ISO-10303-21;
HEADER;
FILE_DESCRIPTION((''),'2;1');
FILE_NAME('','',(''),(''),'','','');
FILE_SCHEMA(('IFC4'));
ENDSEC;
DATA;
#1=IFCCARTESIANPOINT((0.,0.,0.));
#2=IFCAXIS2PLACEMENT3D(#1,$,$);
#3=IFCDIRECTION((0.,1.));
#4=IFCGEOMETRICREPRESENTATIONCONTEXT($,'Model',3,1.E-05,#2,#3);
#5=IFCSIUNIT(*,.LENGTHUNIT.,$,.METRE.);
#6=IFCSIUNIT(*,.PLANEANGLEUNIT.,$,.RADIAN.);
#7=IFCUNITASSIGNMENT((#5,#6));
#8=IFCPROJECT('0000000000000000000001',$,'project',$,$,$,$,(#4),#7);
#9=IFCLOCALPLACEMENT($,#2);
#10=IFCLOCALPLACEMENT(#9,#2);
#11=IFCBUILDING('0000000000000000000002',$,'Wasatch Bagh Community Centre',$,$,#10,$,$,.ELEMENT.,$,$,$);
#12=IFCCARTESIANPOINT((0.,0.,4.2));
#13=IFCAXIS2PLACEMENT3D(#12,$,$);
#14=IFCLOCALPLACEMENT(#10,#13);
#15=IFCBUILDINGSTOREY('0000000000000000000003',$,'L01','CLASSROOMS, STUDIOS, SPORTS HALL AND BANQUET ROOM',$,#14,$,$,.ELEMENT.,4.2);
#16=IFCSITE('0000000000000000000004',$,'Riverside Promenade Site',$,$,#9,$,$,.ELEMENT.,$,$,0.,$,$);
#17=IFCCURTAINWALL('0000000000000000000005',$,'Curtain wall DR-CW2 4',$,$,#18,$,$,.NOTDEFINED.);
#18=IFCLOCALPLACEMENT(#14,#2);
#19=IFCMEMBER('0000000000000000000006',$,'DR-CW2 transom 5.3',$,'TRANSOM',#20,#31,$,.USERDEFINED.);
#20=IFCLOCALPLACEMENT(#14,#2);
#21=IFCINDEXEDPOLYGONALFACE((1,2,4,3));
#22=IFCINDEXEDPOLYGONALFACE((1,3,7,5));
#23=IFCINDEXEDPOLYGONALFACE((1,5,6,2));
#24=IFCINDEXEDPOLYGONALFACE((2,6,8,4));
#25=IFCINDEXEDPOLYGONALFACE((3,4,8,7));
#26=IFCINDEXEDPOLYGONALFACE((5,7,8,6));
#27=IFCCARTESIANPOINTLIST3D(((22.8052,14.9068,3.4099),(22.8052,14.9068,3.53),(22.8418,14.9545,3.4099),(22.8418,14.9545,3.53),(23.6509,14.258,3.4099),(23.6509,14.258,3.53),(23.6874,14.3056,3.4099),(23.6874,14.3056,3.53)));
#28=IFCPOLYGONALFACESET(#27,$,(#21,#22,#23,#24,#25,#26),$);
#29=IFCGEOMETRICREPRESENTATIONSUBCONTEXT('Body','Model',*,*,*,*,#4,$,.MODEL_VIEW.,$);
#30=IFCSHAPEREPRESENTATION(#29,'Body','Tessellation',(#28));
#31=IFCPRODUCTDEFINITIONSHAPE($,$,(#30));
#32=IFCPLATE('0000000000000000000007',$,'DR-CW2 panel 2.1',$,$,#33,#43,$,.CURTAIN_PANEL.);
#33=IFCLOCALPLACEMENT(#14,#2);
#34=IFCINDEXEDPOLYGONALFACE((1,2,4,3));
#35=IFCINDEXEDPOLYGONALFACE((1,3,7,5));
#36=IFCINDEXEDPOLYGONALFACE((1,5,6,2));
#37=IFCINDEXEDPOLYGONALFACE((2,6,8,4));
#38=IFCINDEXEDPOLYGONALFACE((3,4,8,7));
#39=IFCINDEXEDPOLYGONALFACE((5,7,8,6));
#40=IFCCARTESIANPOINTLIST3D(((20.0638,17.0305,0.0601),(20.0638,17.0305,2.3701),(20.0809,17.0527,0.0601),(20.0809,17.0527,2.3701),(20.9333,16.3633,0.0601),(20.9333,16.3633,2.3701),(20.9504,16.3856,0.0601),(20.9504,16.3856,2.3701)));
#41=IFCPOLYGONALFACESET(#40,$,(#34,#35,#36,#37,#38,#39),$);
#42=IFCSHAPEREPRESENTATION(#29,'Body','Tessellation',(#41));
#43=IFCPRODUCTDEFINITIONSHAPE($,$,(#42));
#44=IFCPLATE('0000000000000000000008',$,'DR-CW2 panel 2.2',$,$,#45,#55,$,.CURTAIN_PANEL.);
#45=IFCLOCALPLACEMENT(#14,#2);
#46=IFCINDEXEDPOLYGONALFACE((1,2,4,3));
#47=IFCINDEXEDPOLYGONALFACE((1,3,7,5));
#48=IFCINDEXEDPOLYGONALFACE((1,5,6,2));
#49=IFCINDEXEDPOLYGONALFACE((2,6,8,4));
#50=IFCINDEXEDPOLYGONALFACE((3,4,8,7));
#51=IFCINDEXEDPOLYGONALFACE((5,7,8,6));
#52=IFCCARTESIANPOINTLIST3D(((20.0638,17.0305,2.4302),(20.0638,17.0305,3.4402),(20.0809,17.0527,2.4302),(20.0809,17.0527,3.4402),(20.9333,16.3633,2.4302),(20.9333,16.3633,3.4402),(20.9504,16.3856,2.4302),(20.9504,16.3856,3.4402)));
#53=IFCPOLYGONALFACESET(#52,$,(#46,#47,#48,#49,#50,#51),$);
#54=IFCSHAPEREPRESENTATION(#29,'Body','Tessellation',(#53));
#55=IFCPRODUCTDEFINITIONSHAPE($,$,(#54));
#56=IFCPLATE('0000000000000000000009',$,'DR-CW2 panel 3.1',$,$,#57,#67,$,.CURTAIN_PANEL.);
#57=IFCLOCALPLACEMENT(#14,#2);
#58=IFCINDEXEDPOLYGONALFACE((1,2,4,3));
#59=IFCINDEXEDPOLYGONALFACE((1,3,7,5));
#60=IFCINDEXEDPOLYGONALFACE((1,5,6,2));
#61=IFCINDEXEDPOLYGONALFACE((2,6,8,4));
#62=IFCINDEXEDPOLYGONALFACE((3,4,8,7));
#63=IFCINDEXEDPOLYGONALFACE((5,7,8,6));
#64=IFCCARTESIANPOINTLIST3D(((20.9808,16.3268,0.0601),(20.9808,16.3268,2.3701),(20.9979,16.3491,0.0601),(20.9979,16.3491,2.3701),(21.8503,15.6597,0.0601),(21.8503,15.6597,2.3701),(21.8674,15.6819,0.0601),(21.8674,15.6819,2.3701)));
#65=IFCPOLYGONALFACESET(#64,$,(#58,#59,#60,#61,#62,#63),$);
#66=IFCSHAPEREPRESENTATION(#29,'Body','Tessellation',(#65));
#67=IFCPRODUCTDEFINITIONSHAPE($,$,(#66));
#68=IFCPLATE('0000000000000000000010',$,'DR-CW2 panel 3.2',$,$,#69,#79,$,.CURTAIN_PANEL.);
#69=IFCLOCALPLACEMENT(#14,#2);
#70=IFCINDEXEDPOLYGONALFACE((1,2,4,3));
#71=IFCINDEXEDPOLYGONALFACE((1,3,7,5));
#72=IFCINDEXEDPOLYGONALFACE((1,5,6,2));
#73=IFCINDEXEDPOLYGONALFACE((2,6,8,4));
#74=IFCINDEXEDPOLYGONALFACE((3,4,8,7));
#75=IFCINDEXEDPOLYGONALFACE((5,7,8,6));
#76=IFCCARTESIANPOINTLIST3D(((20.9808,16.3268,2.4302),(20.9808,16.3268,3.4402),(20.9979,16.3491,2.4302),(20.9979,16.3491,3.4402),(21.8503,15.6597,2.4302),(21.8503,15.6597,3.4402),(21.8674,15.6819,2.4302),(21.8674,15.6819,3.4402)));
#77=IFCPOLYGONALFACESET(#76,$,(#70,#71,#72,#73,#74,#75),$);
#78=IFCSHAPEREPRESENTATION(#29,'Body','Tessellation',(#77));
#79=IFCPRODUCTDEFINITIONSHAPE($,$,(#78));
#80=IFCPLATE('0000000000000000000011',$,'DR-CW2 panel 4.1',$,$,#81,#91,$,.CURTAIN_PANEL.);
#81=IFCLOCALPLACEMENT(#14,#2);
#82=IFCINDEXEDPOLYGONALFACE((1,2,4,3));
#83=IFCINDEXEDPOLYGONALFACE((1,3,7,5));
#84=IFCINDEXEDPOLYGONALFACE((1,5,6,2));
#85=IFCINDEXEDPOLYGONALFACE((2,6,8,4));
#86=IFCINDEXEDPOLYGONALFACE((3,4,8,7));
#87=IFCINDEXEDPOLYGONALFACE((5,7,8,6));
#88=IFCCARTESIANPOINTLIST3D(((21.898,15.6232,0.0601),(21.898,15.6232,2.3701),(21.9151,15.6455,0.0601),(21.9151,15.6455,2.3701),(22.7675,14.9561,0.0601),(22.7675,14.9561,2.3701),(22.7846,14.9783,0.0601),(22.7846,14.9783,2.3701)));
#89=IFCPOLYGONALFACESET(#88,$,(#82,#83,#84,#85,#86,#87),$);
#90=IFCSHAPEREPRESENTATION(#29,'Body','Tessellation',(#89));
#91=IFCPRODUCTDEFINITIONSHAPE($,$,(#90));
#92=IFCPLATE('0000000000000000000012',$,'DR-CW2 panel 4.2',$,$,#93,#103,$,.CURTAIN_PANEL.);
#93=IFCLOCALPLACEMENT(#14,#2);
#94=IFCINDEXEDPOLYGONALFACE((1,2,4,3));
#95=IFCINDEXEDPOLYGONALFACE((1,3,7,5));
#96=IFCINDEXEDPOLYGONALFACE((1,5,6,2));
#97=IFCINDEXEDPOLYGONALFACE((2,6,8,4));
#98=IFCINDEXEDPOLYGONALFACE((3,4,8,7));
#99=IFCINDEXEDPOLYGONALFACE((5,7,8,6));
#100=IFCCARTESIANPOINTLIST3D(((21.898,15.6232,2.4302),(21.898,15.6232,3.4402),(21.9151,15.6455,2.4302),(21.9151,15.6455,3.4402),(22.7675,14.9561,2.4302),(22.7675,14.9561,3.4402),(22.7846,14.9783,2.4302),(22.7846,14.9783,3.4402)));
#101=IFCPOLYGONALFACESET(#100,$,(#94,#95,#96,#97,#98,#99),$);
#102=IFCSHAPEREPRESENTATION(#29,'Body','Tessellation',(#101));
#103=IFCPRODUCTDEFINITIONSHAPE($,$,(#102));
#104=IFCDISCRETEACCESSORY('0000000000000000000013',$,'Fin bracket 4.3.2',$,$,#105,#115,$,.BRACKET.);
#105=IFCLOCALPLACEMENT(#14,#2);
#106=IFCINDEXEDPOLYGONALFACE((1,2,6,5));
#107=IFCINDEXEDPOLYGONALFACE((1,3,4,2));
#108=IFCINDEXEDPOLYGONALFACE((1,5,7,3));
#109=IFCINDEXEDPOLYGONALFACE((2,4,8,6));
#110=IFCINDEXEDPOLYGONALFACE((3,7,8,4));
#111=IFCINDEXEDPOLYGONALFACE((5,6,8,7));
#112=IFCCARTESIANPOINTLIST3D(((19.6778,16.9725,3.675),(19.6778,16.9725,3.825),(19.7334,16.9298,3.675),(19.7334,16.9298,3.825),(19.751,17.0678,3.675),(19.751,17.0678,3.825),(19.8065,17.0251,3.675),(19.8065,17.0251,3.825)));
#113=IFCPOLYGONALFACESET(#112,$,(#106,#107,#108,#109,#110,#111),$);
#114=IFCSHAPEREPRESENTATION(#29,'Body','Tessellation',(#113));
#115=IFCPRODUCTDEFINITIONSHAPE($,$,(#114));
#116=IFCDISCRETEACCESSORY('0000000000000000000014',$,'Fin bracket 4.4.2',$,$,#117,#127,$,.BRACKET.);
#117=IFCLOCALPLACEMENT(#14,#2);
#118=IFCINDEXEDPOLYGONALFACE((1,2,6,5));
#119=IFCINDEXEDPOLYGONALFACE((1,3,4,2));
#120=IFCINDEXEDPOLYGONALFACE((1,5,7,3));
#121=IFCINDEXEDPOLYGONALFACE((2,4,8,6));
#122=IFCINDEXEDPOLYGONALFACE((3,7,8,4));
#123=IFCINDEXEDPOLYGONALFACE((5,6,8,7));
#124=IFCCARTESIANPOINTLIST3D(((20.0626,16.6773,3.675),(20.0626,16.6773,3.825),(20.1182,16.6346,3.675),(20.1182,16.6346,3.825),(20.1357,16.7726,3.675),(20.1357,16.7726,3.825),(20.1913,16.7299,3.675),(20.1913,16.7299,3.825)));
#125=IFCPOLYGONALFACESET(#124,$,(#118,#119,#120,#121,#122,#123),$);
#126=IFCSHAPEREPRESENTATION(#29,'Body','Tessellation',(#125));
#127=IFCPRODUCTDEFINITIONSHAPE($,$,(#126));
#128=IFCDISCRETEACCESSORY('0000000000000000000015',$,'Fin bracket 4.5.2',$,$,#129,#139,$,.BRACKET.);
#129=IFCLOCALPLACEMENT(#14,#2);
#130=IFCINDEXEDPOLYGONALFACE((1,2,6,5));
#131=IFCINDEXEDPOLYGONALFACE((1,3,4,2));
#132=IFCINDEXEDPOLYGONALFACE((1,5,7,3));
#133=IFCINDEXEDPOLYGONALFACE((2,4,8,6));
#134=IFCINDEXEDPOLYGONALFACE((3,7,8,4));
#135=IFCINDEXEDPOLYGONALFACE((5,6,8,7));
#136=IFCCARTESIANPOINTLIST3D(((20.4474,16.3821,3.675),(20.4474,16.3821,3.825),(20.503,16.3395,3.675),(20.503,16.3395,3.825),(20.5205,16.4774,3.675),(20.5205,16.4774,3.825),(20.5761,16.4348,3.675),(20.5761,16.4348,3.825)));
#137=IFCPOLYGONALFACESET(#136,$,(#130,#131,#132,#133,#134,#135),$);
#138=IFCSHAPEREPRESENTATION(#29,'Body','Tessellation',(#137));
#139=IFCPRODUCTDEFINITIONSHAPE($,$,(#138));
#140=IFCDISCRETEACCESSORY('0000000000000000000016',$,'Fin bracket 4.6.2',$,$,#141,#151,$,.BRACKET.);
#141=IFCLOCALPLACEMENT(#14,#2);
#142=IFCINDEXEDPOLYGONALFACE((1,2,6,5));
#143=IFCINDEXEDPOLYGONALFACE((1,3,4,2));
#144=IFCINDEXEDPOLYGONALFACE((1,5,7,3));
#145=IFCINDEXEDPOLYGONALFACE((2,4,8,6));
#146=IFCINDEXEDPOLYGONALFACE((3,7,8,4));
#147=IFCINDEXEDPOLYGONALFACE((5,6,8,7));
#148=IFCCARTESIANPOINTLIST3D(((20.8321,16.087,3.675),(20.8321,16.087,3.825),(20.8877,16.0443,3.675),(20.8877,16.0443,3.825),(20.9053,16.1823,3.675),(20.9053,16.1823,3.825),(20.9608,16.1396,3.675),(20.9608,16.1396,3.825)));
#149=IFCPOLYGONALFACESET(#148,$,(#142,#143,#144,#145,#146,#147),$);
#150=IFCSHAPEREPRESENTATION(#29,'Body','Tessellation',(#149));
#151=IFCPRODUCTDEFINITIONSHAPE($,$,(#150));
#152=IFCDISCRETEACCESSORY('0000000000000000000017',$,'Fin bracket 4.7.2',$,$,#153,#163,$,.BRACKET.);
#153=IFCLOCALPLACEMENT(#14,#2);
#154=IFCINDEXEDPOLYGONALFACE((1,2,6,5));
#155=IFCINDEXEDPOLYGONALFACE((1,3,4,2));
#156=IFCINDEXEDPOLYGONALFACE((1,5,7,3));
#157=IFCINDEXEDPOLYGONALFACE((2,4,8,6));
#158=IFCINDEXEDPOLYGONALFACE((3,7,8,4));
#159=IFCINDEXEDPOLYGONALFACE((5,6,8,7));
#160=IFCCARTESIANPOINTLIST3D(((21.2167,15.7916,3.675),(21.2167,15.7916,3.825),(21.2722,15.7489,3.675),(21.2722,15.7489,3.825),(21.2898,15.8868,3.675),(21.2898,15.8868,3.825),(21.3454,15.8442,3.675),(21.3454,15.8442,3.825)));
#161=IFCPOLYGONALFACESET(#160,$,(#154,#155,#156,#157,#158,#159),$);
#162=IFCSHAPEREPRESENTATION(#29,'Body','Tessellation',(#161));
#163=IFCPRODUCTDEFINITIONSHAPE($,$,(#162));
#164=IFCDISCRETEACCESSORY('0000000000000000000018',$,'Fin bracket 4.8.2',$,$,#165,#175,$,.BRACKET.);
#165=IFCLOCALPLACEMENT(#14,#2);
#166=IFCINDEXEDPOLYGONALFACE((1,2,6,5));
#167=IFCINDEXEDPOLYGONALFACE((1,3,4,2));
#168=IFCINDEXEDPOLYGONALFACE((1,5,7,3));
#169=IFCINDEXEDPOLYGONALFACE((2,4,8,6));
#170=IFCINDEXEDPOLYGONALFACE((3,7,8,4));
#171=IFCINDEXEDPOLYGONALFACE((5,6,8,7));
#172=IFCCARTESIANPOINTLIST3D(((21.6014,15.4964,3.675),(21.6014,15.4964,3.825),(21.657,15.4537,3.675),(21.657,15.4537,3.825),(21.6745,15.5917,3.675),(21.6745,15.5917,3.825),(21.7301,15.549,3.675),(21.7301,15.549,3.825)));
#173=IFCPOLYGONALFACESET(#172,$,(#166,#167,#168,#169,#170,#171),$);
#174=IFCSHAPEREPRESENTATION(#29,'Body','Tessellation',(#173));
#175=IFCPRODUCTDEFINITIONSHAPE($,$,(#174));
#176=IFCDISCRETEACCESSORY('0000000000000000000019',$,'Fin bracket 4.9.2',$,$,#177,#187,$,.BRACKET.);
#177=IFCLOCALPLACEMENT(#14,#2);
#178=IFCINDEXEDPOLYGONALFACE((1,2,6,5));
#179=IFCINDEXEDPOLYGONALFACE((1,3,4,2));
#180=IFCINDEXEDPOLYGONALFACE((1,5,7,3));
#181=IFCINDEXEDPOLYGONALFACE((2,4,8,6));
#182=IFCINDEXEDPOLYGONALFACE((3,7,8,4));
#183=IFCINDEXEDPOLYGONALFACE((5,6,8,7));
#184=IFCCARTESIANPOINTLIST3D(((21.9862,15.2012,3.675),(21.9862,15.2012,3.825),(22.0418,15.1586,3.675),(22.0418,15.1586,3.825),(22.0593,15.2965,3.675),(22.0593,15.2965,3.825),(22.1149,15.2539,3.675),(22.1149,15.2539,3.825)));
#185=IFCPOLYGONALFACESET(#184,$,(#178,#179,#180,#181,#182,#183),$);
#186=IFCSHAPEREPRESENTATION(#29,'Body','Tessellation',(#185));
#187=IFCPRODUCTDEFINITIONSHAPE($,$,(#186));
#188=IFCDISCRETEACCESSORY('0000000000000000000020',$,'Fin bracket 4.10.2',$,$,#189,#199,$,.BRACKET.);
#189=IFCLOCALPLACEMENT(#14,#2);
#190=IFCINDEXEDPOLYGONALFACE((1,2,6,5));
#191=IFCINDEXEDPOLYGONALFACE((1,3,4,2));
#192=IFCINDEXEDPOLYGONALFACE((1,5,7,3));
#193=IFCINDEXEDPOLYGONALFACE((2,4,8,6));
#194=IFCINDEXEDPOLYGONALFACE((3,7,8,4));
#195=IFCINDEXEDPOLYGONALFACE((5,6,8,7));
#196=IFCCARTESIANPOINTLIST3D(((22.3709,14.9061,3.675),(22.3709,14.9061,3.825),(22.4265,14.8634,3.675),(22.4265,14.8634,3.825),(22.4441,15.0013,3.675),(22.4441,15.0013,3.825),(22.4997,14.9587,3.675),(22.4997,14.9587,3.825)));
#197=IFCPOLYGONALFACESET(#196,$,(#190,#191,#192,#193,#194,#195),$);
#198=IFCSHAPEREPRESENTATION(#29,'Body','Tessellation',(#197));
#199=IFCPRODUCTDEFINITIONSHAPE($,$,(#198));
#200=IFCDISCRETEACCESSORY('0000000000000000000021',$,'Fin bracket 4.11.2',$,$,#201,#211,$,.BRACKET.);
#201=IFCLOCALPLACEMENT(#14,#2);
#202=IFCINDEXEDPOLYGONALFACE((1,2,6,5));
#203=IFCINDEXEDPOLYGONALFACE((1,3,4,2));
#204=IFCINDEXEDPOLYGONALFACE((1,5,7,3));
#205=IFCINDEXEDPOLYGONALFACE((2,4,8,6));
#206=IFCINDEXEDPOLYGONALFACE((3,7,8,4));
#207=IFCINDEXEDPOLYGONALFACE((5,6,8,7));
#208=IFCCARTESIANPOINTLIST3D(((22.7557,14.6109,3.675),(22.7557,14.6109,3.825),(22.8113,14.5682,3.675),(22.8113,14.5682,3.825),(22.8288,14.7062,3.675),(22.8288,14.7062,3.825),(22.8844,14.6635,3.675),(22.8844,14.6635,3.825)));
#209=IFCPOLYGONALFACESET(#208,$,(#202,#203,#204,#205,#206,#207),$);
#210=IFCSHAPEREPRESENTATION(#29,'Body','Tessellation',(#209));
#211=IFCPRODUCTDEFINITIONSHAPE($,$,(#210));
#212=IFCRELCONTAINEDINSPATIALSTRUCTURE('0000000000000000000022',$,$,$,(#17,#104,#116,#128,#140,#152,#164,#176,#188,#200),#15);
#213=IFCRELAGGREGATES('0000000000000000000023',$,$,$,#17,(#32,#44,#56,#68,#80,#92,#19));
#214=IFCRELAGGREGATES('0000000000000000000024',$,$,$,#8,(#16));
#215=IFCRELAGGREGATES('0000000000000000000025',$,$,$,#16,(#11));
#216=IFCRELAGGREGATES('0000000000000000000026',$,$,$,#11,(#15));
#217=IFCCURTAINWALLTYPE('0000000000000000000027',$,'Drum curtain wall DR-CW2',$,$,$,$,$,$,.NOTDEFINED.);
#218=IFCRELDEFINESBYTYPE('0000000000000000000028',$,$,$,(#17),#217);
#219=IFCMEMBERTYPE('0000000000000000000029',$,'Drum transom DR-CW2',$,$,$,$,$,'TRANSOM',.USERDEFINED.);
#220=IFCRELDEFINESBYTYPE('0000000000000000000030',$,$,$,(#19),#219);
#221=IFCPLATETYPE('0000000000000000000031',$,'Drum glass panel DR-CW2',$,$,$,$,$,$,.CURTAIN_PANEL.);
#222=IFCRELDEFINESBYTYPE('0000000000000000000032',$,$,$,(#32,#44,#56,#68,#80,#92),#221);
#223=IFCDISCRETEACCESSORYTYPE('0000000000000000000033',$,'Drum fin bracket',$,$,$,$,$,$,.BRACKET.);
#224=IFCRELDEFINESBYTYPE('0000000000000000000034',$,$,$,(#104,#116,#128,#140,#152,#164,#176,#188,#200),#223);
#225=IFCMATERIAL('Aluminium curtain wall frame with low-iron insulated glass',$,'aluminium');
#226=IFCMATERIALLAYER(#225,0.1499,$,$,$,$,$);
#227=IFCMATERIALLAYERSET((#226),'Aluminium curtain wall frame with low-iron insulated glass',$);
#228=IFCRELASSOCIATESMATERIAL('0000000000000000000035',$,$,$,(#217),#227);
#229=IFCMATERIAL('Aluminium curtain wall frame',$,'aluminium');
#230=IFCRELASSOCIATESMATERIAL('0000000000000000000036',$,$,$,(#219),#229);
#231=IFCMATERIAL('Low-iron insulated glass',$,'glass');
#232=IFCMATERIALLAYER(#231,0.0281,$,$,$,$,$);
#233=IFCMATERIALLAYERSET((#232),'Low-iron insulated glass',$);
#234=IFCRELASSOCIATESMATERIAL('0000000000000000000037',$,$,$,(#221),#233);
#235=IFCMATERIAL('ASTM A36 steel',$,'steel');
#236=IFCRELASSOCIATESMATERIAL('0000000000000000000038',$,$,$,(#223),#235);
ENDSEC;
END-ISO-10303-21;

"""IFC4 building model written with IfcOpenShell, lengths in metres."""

from ifc_helpers import new_model, si_unit, direction, frame, origin, origin_2d, place, context, subcontext, project, spatial, rectangle, extrude, material, layer, layer_set, material_profile, profile_set, type_object, element, aggregate, save


model = new_model("IFC4")

# Units and contexts
model_context = context("Model", 3, precision=1e-05, world=origin(), true_north=direction((0.0, 1.0)))
body_context = subcontext(model_context, "Body", "Model", "MODEL_VIEW")
ifc_project = project(units=[si_unit("LENGTHUNIT", "METRE"), si_unit("PLANEANGLEUNIT", "RADIAN")], contexts=[model_context])

# Site, building, storey
site_placement = place(None, origin())
site = spatial("IfcSite", under=ifc_project, at=site_placement, Name="Riverside Promenade Site", CompositionType="ELEMENT", RefElevation=0.0)
building_placement = place(site_placement, origin())
building = spatial("IfcBuilding", under=site, at=building_placement, Name="Wasatch Bagh Community Centre", CompositionType="ELEMENT")
storey_placement = place(building_placement, frame((0.0, 0.0, 4.2)))
storey = spatial("IfcBuildingStorey", under=building, at=storey_placement, Name="L01", Description="CLASSROOMS, STUDIOS, SPORTS HALL AND BANQUET ROOM", CompositionType="ELEMENT", Elevation=4.2)

# Curtain wall, member, plates
ifc_material_1 = material(Name="Aluminium curtain wall frame with low-iron insulated glass", Category="aluminium")
ifc_layer_1 = layer(ifc_material_1, 0.1499)
ifc_layer_set_1 = layer_set([ifc_layer_1], Name="Aluminium curtain wall frame with low-iron insulated glass")
curtain_wall_type = type_object("IfcCurtainWallType", Name="Drum curtain wall DR-CW2", PredefinedType="NOTDEFINED", material=ifc_layer_set_1)
curtain_wall_placement = place(storey_placement, origin())
curtain_wall = element("IfcCurtainWall", 1, at=curtain_wall_placement, inside=storey, type_object=curtain_wall_type, Name="Curtain wall DR-CW2 4", PredefinedType="NOTDEFINED")
ifc_material_2 = material(Name="Aluminium curtain wall frame", Category="aluminium")
ifc_material_profile_1 = material_profile(ifc_material_2, rectangle(XDim=0.0601, YDim=0.1201, at=origin_2d()), Name="Drum transom DR-CW2")
ifc_profile_set_1 = profile_set([ifc_material_profile_1], Name="Aluminium curtain wall frame")
member_type_1 = type_object("IfcMemberType", Name="Drum transom DR-CW2", ElementType="TRANSOM", PredefinedType="USERDEFINED", material=ifc_profile_set_1)
member_1_placement = place(storey_placement, frame((22.8235, 14.9307, 3.47), z_axis=(0.793356, -0.608758, 0.0), x_axis=(0.608758, 0.793356, 0.0)))
member_1 = element("IfcMember", 2, at=member_1_placement, type_object=member_type_1, Name="DR-CW2 transom 5.3", ObjectType="TRANSOM", PredefinedType="USERDEFINED", context=body_context, shape_type="SweptSolid", body=[
    extrude(rectangle(XDim=0.0601, YDim=0.1201, at=origin_2d()), origin(), (0.0, 0.0, 1.0), 1.0659),
])
ifc_material_3 = material(Name="Low-iron insulated glass", Category="glass")
ifc_layer_2 = layer(ifc_material_3, 0.0281)
ifc_layer_set_2 = layer_set([ifc_layer_2], Name="Low-iron insulated glass")
plate_type = type_object("IfcPlateType", Name="Drum glass panel DR-CW2", PredefinedType="CURTAIN_PANEL", material=ifc_layer_set_2)
plate_1_placement = place(storey_placement, frame((20.5071, 16.708, 0.0601), z_axis=(0.0, 0.0, 1.0), x_axis=(0.793353, -0.608761, 0.0)))
plate_1 = element("IfcPlate", 3, at=plate_1_placement, type_object=plate_type, Name="DR-CW2 panel 2.1", PredefinedType="CURTAIN_PANEL", context=body_context, shape_type="SweptSolid", body=[
    extrude(rectangle(XDim=1.0959, YDim=0.0281, at=origin_2d()), origin(), (0.0, 0.0, 1.0), 2.3101),
])
plate_2_placement = place(storey_placement, frame((20.5071, 16.708, 2.4302), z_axis=(0.0, 0.0, 1.0), x_axis=(0.793353, -0.608761, 0.0)))
plate_2 = element("IfcPlate", 4, at=plate_2_placement, type_object=plate_type, Name="DR-CW2 panel 2.2", PredefinedType="CURTAIN_PANEL", context=body_context, shape_type="SweptSolid", body=[
    extrude(rectangle(XDim=1.0959, YDim=0.0281, at=origin_2d()), origin(), (0.0, 0.0, 1.0), 1.01),
])
plate_3_placement = place(storey_placement, frame((21.4241, 16.0044, 0.0601), z_axis=(0.0, 0.0, 1.0), x_axis=(0.793353, -0.608761, 0.0)))
plate_3 = element("IfcPlate", 5, at=plate_3_placement, type_object=plate_type, Name="DR-CW2 panel 3.1", PredefinedType="CURTAIN_PANEL", context=body_context, shape_type="SweptSolid", body=[
    extrude(rectangle(XDim=1.0959, YDim=0.0281, at=origin_2d()), origin(), (0.0, 0.0, 1.0), 2.3101),
])
plate_4_placement = place(storey_placement, frame((21.4241, 16.0044, 2.4302), z_axis=(0.0, 0.0, 1.0), x_axis=(0.793353, -0.608761, 0.0)))
plate_4 = element("IfcPlate", 6, at=plate_4_placement, type_object=plate_type, Name="DR-CW2 panel 3.2", PredefinedType="CURTAIN_PANEL", context=body_context, shape_type="SweptSolid", body=[
    extrude(rectangle(XDim=1.0959, YDim=0.0281, at=origin_2d()), origin(), (0.0, 0.0, 1.0), 1.01),
])
plate_5_placement = place(storey_placement, frame((22.3413, 15.3008, 0.0601), z_axis=(0.0, 0.0, 1.0), x_axis=(0.793353, -0.608761, 0.0)))
plate_5 = element("IfcPlate", 7, at=plate_5_placement, type_object=plate_type, Name="DR-CW2 panel 4.1", PredefinedType="CURTAIN_PANEL", context=body_context, shape_type="SweptSolid", body=[
    extrude(rectangle(XDim=1.0959, YDim=0.0281, at=origin_2d()), origin(), (0.0, 0.0, 1.0), 2.3101),
])
plate_6_placement = place(storey_placement, frame((22.3413, 15.3008, 2.4302), z_axis=(0.0, 0.0, 1.0), x_axis=(0.793353, -0.608761, 0.0)))
plate_6 = element("IfcPlate", 8, at=plate_6_placement, type_object=plate_type, Name="DR-CW2 panel 4.2", PredefinedType="CURTAIN_PANEL", context=body_context, shape_type="SweptSolid", body=[
    extrude(rectangle(XDim=1.0959, YDim=0.0281, at=origin_2d()), origin(), (0.0, 0.0, 1.0), 1.01),
])
aggregate(curtain_wall, [plate_1, plate_2, plate_3, plate_4, plate_5, plate_6, member_1])

# Discrete accessories
ifc_material_4 = material(Name="ASTM A36 steel", Category="steel")
discrete_accessory_type = type_object("IfcDiscreteAccessoryType", Name="Drum fin bracket", PredefinedType="BRACKET", material=ifc_material_4)
for number, where, z_axis, x_axis, name in (
    (9, (19.7422, 16.9988, 3.675), (0.0, 0.0, 1.0), (0.793353, -0.608761, 0.0), "Fin bracket 4.3.2"),
    (10, (20.127, 16.7036, 3.675), (0.0, 0.0, 1.0), (0.793353, -0.608761, 0.0), "Fin bracket 4.4.2"),
    (11, (20.5117, 16.4084, 3.675), (0.0, 0.0, 1.0), (0.793353, -0.608761, 0.0), "Fin bracket 4.5.2"),
    (12, (20.8965, 16.1133, 3.675), (0.0, 0.0, 1.0), (0.793353, -0.608761, 0.0), "Fin bracket 4.6.2"),
    (13, (21.281, 15.8179, 3.675), (0.0, 0.0, 1.0), (0.793353, -0.608761, 0.0), "Fin bracket 4.7.2"),
    (14, (21.6658, 15.5227, 3.675), (0.0, 0.0, 1.0), (0.793353, -0.608761, 0.0), "Fin bracket 4.8.2"),
    (15, (22.0505, 15.2275, 3.675), (0.0, 0.0, 1.0), (0.793353, -0.608761, 0.0), "Fin bracket 4.9.2"),
    (16, (22.4353, 14.9324, 3.675), (0.0, 0.0, 1.0), (0.793353, -0.608761, 0.0), "Fin bracket 4.10.2"),
    (17, (22.8201, 14.6372, 3.675), (0.0, 0.0, 1.0), (0.793353, -0.608761, 0.0), "Fin bracket 4.11.2"),
):
    element("IfcDiscreteAccessory", number, at=place(storey_placement, frame(where, z_axis=z_axis, x_axis=x_axis)), inside=storey, type_object=discrete_accessory_type, Name=name, PredefinedType="BRACKET", context=body_context, shape_type="SweptSolid", body=[
        extrude(rectangle(XDim=0.0701, YDim=0.1201, at=origin_2d()), origin(), (0.0, 0.0, 1.0), 0.1499),
    ])

save(model, "model.ifc")
